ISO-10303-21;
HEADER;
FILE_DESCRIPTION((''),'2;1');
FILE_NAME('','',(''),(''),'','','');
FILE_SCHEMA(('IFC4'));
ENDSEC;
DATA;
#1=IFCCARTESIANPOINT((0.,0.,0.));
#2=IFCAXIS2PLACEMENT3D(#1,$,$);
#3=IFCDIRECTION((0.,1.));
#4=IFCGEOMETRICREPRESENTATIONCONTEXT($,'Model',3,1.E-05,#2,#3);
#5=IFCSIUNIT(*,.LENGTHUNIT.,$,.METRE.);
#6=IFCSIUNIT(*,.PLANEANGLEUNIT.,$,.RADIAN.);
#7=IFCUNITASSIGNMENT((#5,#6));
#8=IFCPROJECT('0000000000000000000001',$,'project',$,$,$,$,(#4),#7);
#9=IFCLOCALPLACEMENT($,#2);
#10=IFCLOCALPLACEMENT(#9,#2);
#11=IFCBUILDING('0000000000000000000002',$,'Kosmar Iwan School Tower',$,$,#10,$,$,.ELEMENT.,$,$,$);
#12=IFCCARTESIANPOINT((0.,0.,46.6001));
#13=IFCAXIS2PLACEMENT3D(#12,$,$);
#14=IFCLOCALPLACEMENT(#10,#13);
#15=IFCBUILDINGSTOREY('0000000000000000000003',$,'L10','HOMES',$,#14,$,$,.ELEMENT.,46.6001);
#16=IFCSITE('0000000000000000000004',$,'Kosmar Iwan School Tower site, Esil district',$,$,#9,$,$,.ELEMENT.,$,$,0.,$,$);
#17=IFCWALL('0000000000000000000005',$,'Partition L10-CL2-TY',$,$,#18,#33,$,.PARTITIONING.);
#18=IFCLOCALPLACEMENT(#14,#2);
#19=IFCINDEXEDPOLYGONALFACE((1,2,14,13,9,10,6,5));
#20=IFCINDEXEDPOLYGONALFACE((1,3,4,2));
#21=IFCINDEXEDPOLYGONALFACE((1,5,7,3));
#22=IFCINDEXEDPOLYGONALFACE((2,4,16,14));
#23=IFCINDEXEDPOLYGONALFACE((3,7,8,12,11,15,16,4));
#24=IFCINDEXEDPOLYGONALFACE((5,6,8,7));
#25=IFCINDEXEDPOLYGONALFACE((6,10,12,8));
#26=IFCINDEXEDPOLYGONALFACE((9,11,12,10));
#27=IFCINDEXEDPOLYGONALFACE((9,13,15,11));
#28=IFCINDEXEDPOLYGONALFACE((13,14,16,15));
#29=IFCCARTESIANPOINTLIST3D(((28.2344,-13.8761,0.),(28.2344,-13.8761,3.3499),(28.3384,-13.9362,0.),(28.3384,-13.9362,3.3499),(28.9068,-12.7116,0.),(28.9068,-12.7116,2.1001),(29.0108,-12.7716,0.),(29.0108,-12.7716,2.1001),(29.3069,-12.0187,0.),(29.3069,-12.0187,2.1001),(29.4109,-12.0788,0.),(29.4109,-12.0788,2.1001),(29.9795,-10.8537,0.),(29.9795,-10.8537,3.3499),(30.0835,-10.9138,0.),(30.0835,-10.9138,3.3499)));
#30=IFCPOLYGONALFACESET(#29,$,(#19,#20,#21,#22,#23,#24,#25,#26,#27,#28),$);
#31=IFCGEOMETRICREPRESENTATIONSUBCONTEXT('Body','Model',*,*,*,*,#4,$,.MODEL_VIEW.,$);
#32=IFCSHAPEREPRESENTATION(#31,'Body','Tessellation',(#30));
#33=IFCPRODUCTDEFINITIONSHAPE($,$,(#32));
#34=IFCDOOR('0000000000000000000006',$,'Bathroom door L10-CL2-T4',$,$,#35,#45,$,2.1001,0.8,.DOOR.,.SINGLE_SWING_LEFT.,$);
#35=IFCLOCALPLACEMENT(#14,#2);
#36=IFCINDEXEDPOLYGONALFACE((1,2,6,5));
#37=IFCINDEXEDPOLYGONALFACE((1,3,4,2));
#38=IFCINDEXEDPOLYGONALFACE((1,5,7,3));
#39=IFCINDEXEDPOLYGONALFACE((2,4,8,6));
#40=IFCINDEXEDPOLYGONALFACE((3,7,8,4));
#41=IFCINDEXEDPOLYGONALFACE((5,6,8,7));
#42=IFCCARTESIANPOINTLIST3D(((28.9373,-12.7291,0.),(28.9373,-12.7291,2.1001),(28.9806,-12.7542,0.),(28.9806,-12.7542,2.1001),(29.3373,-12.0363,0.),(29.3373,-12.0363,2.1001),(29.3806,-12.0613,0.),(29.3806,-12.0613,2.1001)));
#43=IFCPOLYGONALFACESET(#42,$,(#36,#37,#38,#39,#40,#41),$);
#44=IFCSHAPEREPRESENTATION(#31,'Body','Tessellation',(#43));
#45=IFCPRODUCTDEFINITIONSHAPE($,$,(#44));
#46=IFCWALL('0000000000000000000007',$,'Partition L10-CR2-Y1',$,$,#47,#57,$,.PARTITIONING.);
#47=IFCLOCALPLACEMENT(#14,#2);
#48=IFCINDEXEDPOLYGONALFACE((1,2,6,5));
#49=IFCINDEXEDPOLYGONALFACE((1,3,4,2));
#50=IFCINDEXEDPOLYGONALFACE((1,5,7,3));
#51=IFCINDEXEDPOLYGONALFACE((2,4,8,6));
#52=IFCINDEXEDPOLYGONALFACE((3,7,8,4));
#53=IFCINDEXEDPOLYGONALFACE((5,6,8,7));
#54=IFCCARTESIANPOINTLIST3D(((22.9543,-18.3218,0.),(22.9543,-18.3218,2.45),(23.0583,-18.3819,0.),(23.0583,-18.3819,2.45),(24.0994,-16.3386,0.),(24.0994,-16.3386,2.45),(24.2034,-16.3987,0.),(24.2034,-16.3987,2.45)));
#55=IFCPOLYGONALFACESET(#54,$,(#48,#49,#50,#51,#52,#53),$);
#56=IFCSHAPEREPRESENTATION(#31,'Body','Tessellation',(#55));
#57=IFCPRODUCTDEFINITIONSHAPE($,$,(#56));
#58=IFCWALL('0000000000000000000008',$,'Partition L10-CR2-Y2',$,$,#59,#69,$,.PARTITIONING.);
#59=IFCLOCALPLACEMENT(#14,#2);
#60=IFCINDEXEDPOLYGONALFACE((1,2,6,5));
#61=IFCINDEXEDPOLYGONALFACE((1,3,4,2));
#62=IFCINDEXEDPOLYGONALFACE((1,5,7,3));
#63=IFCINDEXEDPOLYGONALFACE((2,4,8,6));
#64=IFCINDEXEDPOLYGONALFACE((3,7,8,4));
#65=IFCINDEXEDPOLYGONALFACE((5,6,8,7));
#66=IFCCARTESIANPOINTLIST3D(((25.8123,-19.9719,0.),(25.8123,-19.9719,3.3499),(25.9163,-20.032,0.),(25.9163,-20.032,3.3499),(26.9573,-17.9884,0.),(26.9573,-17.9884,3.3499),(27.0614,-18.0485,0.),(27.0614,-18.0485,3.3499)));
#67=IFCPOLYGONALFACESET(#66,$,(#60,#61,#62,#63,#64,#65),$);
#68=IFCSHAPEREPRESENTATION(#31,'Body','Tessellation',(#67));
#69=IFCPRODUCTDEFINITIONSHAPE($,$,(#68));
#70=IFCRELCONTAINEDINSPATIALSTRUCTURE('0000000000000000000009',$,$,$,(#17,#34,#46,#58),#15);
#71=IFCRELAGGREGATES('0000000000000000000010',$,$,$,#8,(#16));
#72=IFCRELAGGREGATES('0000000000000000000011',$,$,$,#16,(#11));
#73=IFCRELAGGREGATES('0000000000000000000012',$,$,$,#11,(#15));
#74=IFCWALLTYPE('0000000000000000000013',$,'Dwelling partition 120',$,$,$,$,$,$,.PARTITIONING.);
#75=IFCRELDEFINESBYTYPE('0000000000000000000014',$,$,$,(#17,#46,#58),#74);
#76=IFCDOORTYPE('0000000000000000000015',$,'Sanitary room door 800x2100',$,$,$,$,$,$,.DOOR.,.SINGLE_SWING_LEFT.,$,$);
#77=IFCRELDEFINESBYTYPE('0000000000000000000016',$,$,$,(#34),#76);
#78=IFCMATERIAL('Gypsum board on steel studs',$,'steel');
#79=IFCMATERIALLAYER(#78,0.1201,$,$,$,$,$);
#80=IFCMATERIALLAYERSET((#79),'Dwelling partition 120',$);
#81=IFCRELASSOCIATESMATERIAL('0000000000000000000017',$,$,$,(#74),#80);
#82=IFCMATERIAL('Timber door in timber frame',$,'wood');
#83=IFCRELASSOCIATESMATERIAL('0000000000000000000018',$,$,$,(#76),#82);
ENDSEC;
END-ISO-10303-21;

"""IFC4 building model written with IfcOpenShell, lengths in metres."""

from ifc_helpers import new_model, si_unit, direction, frame, frame_2d, origin, place, context, subcontext, project, spatial, rectangle, extrude, material, layer, layer_set, type_object, element, fill, save


model = new_model("IFC4")

# Units and contexts
model_context = context("Model", 3, precision=1e-05, world=origin(), true_north=direction((0.0, 1.0)))
body_context = subcontext(model_context, "Body", "Model", "MODEL_VIEW")
ifc_project = project(units=[si_unit("LENGTHUNIT", "METRE"), si_unit("PLANEANGLEUNIT", "RADIAN")], contexts=[model_context])

# Site, building, storey
site_placement = place(None, origin())
site = spatial("IfcSite", under=ifc_project, at=site_placement, Name="Kosmar Iwan School Tower site, Esil district", CompositionType="ELEMENT", RefElevation=0.0)
building_placement = place(site_placement, origin())
building = spatial("IfcBuilding", under=site, at=building_placement, Name="Kosmar Iwan School Tower", CompositionType="ELEMENT")
storey_placement = place(building_placement, frame((0.0, 0.0, 46.6001)))
storey = spatial("IfcBuildingStorey", under=building, at=storey_placement, Name="L10", Description="HOMES", CompositionType="ELEMENT", Elevation=46.6001)

# Wall, opening, door
ifc_material_1 = material(Name="Gypsum board on steel studs", Category="steel")
ifc_layer_1 = layer(ifc_material_1, 0.1201)
ifc_layer_set_1 = layer_set([ifc_layer_1], Name="Dwelling partition 120")
wall_type_1 = type_object("IfcWallType", Name="Dwelling partition 120", PredefinedType="PARTITIONING", material=ifc_layer_set_1)
wall_1_placement = place(storey_placement, frame((28.2864, -13.9062, 0.0), z_axis=(0.0, 0.0, 1.0), x_axis=(0.500021, 0.866013, 0.0)))
wall_1 = element("IfcWall", 1, at=wall_1_placement, inside=storey, type_object=wall_type_1, Name="Partition L10-CL2-TY", PredefinedType="PARTITIONING", context=body_context, shape_type="SweptSolid", body=[
    extrude(rectangle(XDim=3.49, YDim=0.1201, at=frame_2d((1.7451, 0.0))), origin(), (0.0, 0.0, 1.0), 3.3499),
])
opening_1_placement = place(wall_1_placement, frame((1.345, 0.0, 0.0)))
opening_1 = element("IfcOpeningElement", 2, at=opening_1_placement, cuts=wall_1, PredefinedType="OPENING", context=body_context, shape_type="SweptSolid", body=[
    extrude(rectangle(XDim=0.8, YDim=2.1001, at=frame_2d((0.3999, 1.05))), frame((0.0, 0.072, 0.0), z_axis=(0.0, -1.0, 0.0), x_axis=(1.0, 0.0, 0.0)), (0.0, 0.0, 1.0), 0.144),
])
ifc_material_2 = material(Name="Timber door in timber frame", Category="wood")
door_type_1 = type_object("IfcDoorType", Name="Sanitary room door 800x2100", OperationType="SINGLE_SWING_LEFT", PredefinedType="DOOR", material=ifc_material_2)
door_1_placement = place(opening_1_placement, origin())
door_1 = element("IfcDoor", 3, at=door_1_placement, inside=storey, type_object=door_type_1, Name="Bathroom door L10-CL2-T4", OperationType="SINGLE_SWING_LEFT", OverallHeight=2.1001, OverallWidth=0.8, PredefinedType="DOOR", context=body_context, shape_type="SweptSolid", body=[
    extrude(rectangle(XDim=0.8, YDim=2.1001, at=frame_2d((0.3999, 1.05))), frame((0.0, 0.0249, 0.0), z_axis=(0.0, -1.0, 0.0), x_axis=(1.0, 0.0, 0.0)), (0.0, 0.0, 1.0), 0.05),
])
fill(opening_1, door_1)

# Walls
wall_2_placement = place(storey_placement, frame((24.1514, -16.3687, 0.0), z_axis=(0.0, 0.0, 1.0), x_axis=(-0.500015, -0.866017, 0.0)))
element("IfcWall", 4, at=wall_2_placement, inside=storey, type_object=wall_type_1, Name="Partition L10-CR2-Y1", PredefinedType="PARTITIONING", context=body_context, shape_type="SweptSolid", body=[
    extrude(rectangle(XDim=2.29, YDim=0.1201, at=frame_2d((1.145, 0.0))), origin(), (0.0, 0.0, 1.0), 2.45),
])
wall_3_placement = place(storey_placement, frame((27.0093, -18.0186, 0.0), z_axis=(0.0, 0.0, 1.0), x_axis=(-0.499969, -0.866044, 0.0)))
element("IfcWall", 5, at=wall_3_placement, inside=storey, type_object=wall_type_1, Name="Partition L10-CR2-Y2", PredefinedType="PARTITIONING", context=body_context, shape_type="SweptSolid", body=[
    extrude(rectangle(XDim=2.2903, YDim=0.1201, at=frame_2d((1.145, 0.0))), origin(), (0.0, 0.0, 1.0), 3.3499),
])

save(model, "model.ifc")
